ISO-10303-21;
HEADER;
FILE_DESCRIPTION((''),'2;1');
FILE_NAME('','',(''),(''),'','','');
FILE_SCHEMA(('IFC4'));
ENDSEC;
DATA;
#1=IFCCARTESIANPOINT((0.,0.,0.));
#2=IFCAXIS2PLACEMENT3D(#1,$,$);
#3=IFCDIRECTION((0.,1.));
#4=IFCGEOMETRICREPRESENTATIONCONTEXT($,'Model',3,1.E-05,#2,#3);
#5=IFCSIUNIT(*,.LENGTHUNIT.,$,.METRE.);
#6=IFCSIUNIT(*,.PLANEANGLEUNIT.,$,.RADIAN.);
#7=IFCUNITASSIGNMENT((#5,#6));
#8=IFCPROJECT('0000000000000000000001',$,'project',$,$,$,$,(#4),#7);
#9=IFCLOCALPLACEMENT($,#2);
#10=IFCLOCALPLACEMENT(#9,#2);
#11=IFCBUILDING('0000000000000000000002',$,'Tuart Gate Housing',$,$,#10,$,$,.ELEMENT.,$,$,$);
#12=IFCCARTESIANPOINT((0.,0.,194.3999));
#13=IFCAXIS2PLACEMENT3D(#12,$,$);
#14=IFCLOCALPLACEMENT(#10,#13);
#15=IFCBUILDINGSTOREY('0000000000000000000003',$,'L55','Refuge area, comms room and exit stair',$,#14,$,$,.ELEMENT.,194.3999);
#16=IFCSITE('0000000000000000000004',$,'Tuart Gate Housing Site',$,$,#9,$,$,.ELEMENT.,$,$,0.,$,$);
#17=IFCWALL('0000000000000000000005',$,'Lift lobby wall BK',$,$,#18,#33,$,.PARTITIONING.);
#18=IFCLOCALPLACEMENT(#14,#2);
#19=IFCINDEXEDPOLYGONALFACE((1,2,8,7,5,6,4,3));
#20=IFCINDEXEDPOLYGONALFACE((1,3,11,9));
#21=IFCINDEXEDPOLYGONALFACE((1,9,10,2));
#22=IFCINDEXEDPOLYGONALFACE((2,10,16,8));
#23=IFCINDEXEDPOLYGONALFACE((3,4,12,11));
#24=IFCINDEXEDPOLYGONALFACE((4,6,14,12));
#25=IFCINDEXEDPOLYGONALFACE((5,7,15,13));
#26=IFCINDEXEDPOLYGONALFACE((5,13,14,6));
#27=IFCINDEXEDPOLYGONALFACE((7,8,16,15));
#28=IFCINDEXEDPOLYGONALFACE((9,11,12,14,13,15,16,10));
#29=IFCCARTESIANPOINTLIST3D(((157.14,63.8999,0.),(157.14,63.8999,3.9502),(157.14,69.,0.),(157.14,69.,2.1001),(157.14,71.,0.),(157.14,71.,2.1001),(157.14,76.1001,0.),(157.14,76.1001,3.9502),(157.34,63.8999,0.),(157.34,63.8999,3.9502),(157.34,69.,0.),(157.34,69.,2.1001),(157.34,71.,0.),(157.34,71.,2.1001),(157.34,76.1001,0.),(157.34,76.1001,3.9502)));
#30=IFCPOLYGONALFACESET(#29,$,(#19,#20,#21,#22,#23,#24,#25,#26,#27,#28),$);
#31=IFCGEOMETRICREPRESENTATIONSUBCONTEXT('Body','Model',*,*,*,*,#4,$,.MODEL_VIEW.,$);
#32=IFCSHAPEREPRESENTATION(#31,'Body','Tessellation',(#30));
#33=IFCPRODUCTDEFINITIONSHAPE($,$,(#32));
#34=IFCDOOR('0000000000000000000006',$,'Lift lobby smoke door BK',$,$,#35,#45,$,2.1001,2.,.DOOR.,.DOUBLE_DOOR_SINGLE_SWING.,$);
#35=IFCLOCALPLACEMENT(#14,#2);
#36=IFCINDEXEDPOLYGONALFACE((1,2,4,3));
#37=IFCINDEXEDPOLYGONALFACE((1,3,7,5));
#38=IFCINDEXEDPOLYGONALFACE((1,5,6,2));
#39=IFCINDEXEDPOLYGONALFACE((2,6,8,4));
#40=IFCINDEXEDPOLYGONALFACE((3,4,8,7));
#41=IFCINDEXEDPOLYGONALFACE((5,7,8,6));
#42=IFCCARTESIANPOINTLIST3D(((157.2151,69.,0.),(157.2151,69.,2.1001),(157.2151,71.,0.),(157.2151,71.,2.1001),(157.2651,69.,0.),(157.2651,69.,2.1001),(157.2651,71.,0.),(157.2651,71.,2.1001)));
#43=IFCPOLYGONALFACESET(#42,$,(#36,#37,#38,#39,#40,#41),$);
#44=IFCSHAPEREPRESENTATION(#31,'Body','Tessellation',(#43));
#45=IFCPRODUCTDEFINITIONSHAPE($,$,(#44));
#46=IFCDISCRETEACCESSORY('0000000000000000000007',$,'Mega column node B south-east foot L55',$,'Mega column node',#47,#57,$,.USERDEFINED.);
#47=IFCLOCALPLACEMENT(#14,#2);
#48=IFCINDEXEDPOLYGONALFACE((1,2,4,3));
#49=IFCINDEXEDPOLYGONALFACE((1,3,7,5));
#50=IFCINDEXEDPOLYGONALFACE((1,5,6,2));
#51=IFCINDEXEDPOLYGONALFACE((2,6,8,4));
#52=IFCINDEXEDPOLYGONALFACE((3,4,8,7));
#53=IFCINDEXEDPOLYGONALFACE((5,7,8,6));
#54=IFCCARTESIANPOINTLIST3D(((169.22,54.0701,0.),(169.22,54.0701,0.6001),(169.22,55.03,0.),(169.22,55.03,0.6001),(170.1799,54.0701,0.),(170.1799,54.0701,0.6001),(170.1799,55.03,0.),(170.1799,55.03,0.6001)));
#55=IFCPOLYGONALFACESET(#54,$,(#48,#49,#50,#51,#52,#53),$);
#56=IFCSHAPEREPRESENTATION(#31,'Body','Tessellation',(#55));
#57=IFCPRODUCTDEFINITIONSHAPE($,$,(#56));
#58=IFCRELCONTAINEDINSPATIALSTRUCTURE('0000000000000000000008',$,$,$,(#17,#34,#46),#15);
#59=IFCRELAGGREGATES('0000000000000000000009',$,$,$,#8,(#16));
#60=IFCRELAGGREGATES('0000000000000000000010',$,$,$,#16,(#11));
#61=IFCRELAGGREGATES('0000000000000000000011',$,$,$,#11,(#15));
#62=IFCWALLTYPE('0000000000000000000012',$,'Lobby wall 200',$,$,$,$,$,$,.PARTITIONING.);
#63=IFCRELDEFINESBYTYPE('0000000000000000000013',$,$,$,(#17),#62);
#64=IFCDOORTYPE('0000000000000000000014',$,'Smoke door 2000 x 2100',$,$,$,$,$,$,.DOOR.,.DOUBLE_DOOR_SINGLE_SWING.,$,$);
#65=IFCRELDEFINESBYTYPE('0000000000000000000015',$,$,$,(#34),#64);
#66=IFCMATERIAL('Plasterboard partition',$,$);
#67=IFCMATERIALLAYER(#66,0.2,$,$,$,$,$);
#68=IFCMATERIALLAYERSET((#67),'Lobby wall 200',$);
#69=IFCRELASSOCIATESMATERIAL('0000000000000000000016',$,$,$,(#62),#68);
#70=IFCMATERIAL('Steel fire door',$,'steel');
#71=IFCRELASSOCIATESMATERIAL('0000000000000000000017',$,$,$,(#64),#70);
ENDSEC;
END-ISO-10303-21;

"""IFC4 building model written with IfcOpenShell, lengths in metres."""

from ifc_helpers import new_model, si_unit, direction, frame, frame_2d, origin, origin_2d, place, context, subcontext, project, spatial, rectangle, extrude, material, layer, layer_set, type_object, element, fill, save


model = new_model("IFC4")

# Units and contexts
model_context = context("Model", 3, precision=1e-05, world=origin(), true_north=direction((0.0, 1.0)))
body_context = subcontext(model_context, "Body", "Model", "MODEL_VIEW")
ifc_project = project(units=[si_unit("LENGTHUNIT", "METRE"), si_unit("PLANEANGLEUNIT", "RADIAN")], contexts=[model_context])

# Site, building, storey
site_placement = place(None, origin())
site = spatial("IfcSite", under=ifc_project, at=site_placement, Name="Tuart Gate Housing Site", CompositionType="ELEMENT", RefElevation=0.0)
building_placement = place(site_placement, origin())
building = spatial("IfcBuilding", under=site, at=building_placement, Name="Tuart Gate Housing", CompositionType="ELEMENT")
storey_placement = place(building_placement, frame((0.0, 0.0, 194.3999)))
storey = spatial("IfcBuildingStorey", under=building, at=storey_placement, Name="L55", Description="Refuge area, comms room and exit stair", CompositionType="ELEMENT", Elevation=194.3999)

# Wall, opening, door
ifc_material_1 = material(Name="Plasterboard partition")
ifc_layer_1 = layer(ifc_material_1, 0.2)
ifc_layer_set_1 = layer_set([ifc_layer_1], Name="Lobby wall 200")
wall_type_1 = type_object("IfcWallType", Name="Lobby wall 200", PredefinedType="PARTITIONING", material=ifc_layer_set_1)
wall_1_placement = place(storey_placement, frame((157.24, 63.8999, 0.0), z_axis=(0.0, 0.0, 1.0), x_axis=(0.0, 1.0, 0.0)))
wall_1 = element("IfcWall", 1, at=wall_1_placement, inside=storey, type_object=wall_type_1, Name="Lift lobby wall BK", PredefinedType="PARTITIONING", context=body_context, shape_type="SweptSolid", body=[
    extrude(rectangle(XDim=12.2002, YDim=0.2, at=frame_2d((6.1001, 0.0))), origin(), (0.0, 0.0, 1.0), 3.9502),
])
opening_1_placement = place(wall_1_placement, frame((5.1001, 0.0, 0.0)))
opening_1 = element("IfcOpeningElement", 2, at=opening_1_placement, cuts=wall_1, PredefinedType="OPENING", context=body_context, shape_type="SweptSolid", body=[
    extrude(rectangle(XDim=2.0, YDim=2.1001, at=frame_2d((1.0, 1.05))), frame((0.0, 0.1099, 0.0), z_axis=(0.0, -1.0, 0.0), x_axis=(1.0, 0.0, 0.0)), (0.0, 0.0, 1.0), 0.22),
])
ifc_material_2 = material(Name="Steel fire door", Category="steel")
door_type_1 = type_object("IfcDoorType", Name="Smoke door 2000 x 2100", OperationType="DOUBLE_DOOR_SINGLE_SWING", PredefinedType="DOOR", material=ifc_material_2)
door_1_placement = place(opening_1_placement, frame((2.0, 0.0, 0.0), z_axis=(0.0, 0.0, 1.0), x_axis=(-1.0, 0.0, 0.0)))
door_1 = element("IfcDoor", 3, at=door_1_placement, inside=storey, type_object=door_type_1, Name="Lift lobby smoke door BK", OperationType="DOUBLE_DOOR_SINGLE_SWING", OverallHeight=2.1001, OverallWidth=2.0, PredefinedType="DOOR", context=body_context, shape_type="SweptSolid", body=[
    extrude(rectangle(XDim=2.0, YDim=2.1001, at=frame_2d((1.0, 1.05))), frame((0.0, 0.0251, 0.0), z_axis=(0.0, -1.0, 0.0), x_axis=(1.0, 0.0, 0.0)), (0.0, 0.0, 1.0), 0.05),
])
fill(opening_1, door_1)

# Discrete accessory
discrete_accessory_placement = place(storey_placement, frame((169.7, 54.55, 0.0), z_axis=(0.0, 0.0, 1.0), x_axis=(1.0, 0.0, 0.0)))
element("IfcDiscreteAccessory", 4, at=discrete_accessory_placement, inside=storey, Name="Mega column node B south-east foot L55", ObjectType="Mega column node", PredefinedType="USERDEFINED", context=body_context, shape_type="SweptSolid", body=[
    extrude(rectangle(XDim=0.96, YDim=0.96, at=origin_2d()), origin(), (0.0, 0.0, 1.0), 0.6001),
])

save(model, "model.ifc")
